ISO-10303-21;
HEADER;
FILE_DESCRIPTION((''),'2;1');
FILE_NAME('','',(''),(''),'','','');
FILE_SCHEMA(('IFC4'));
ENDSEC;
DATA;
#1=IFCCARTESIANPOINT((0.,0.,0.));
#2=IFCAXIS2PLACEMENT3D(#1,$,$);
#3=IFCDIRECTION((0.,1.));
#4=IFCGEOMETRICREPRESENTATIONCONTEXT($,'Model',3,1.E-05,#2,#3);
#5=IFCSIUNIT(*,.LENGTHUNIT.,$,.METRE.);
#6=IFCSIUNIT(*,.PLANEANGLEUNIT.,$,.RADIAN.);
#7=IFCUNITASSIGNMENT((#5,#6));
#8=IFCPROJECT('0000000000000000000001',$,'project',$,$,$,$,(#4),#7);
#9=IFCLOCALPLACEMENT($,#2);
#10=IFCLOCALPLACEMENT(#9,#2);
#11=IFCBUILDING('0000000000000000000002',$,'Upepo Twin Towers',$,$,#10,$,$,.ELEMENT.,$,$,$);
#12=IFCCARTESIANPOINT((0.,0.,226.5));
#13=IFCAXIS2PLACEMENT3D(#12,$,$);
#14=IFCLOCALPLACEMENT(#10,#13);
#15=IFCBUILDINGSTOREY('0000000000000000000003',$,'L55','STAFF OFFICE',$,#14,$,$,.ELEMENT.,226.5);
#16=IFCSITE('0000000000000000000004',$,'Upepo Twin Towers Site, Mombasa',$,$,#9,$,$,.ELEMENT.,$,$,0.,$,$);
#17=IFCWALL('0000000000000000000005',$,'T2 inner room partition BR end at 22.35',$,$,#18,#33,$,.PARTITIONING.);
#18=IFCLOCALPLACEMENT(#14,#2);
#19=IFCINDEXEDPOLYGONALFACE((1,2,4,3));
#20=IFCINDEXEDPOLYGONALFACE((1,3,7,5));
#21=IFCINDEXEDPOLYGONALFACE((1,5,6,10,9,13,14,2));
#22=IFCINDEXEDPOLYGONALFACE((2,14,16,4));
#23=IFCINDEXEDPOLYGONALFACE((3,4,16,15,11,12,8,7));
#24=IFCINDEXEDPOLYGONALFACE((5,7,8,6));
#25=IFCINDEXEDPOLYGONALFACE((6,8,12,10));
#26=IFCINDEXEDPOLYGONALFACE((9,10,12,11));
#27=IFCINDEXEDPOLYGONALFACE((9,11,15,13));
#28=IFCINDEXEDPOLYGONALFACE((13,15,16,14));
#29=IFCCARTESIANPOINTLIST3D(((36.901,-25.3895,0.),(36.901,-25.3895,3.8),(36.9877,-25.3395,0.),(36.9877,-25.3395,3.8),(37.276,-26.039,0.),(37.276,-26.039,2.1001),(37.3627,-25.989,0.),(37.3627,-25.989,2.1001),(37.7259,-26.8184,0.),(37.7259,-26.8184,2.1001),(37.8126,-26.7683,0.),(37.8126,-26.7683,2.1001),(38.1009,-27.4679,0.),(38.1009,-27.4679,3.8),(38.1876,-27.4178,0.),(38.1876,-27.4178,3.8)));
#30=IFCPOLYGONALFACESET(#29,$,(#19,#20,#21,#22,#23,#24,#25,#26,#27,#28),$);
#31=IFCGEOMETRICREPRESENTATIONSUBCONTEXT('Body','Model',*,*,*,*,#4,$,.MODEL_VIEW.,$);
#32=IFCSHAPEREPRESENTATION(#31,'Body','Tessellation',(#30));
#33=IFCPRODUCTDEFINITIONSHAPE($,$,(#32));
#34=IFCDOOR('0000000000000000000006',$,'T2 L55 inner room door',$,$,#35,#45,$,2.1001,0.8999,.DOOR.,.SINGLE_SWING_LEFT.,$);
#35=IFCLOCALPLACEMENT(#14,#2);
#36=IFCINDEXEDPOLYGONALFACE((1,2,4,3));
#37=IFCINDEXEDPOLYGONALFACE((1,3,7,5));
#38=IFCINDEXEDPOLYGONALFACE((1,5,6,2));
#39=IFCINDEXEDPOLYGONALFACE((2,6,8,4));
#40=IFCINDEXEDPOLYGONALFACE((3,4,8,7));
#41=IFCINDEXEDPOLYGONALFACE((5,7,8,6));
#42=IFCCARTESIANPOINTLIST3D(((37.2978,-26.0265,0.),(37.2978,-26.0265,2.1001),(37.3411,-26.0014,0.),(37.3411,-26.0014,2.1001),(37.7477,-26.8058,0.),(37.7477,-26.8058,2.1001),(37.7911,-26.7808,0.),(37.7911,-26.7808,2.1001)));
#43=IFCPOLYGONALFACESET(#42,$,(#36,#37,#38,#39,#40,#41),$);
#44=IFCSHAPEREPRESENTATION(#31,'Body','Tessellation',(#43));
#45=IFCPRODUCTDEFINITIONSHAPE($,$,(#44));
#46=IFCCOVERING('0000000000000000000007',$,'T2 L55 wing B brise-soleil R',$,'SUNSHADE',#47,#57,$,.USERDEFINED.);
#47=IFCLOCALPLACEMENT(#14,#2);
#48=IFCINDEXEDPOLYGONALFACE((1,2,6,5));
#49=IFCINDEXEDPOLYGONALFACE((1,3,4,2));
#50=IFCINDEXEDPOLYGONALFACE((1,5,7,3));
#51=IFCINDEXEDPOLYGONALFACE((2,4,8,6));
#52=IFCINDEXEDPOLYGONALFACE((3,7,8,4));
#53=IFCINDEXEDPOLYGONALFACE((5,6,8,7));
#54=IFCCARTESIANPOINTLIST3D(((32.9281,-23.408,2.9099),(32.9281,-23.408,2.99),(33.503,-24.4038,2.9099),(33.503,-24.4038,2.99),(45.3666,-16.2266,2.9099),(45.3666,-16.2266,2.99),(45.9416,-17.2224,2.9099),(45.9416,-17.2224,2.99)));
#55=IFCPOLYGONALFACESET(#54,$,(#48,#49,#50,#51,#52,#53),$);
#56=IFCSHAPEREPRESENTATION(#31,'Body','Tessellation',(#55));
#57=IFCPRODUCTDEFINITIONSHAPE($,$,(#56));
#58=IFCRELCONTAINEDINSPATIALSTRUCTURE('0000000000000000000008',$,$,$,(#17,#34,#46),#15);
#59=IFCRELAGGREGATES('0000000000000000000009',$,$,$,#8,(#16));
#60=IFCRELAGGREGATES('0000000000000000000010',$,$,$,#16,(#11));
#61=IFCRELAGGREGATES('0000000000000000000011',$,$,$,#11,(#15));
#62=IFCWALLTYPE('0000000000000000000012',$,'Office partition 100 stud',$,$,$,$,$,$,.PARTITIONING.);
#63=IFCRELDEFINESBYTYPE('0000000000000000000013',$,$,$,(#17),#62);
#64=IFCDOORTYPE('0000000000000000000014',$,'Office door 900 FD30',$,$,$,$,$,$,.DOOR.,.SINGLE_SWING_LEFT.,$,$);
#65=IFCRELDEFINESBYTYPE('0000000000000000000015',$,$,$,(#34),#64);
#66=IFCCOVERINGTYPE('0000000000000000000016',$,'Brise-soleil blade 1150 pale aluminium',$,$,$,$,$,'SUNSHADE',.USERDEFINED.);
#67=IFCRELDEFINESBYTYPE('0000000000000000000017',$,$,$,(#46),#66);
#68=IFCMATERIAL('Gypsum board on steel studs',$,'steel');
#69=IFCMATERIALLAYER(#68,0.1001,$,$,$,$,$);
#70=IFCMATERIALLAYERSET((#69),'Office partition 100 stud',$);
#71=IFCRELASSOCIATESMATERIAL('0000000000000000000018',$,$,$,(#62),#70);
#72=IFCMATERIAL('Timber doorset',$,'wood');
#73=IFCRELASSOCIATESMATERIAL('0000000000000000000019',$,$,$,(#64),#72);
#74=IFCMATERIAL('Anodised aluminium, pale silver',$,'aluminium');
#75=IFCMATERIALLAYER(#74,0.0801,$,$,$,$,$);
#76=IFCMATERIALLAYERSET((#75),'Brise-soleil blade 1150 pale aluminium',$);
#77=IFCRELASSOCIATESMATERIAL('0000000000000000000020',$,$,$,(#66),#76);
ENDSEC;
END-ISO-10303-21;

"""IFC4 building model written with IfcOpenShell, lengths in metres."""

from ifc_helpers import new_model, si_unit, direction, frame, frame_2d, origin, origin_2d, place, context, subcontext, project, spatial, rectangle, extrude, material, layer, layer_set, type_object, element, fill, save


model = new_model("IFC4")

# Units and contexts
model_context = context("Model", 3, precision=1e-05, world=origin(), true_north=direction((0.0, 1.0)))
body_context = subcontext(model_context, "Body", "Model", "MODEL_VIEW")
ifc_project = project(units=[si_unit("LENGTHUNIT", "METRE"), si_unit("PLANEANGLEUNIT", "RADIAN")], contexts=[model_context])

# Site, building, storey
site_placement = place(None, origin())
site = spatial("IfcSite", under=ifc_project, at=site_placement, Name="Upepo Twin Towers Site, Mombasa", CompositionType="ELEMENT", RefElevation=0.0)
building_placement = place(site_placement, origin())
building = spatial("IfcBuilding", under=site, at=building_placement, Name="Upepo Twin Towers", CompositionType="ELEMENT")
storey_placement = place(building_placement, frame((0.0, 0.0, 226.5)))
storey = spatial("IfcBuildingStorey", under=building, at=storey_placement, Name="L55", Description="STAFF OFFICE", CompositionType="ELEMENT", Elevation=226.5)

# Shared definitions
ifc_material_1 = material(Name="Gypsum board on steel studs", Category="steel")
ifc_layer_1 = layer(ifc_material_1, 0.1001)
ifc_layer_set_1 = layer_set([ifc_layer_1], Name="Office partition 100 stud")
wall_type_1 = type_object("IfcWallType", Name="Office partition 100 stud", PredefinedType="PARTITIONING", material=ifc_layer_set_1)

# Shared definitions
ifc_material_2 = material(Name="Timber doorset", Category="wood")
door_type = type_object("IfcDoorType", Name="Office door 900 FD30", OperationType="SINGLE_SWING_LEFT", PredefinedType="DOOR", material=ifc_material_2)

# Wall, opening, door
wall_1_placement = place(storey_placement, frame((38.1443, -27.4429, 0.0), z_axis=(0.0, 0.0, 1.0), x_axis=(-0.500001, 0.866025, 0.0)))
wall_1 = element("IfcWall", 1, at=wall_1_placement, inside=storey, type_object=wall_type_1, Name="T2 inner room partition BR end at 22.35", PredefinedType="PARTITIONING", context=body_context, shape_type="SweptSolid", body=[
    extrude(rectangle(XDim=2.3999, YDim=0.1001, at=frame_2d((1.2, 0.0))), origin(), (0.0, 0.0, 1.0), 3.8),
])
opening_1_placement = place(wall_1_placement, frame((0.75, 0.0, 0.0)))
opening_1 = element("IfcOpeningElement", 2, at=opening_1_placement, cuts=wall_1, PredefinedType="OPENING", context=body_context, shape_type="SweptSolid", body=[
    extrude(rectangle(XDim=0.8999, YDim=2.1001, at=frame_2d((0.45, 1.05))), frame((0.0, 0.0601, 0.0), z_axis=(0.0, -1.0, 0.0), x_axis=(1.0, 0.0, 0.0)), (0.0, 0.0, 1.0), 0.1201),
])
door_1_placement = place(opening_1_placement, origin())
door_1 = element("IfcDoor", 3, at=door_1_placement, inside=storey, type_object=door_type, Name="T2 L55 inner room door", OperationType="SINGLE_SWING_LEFT", OverallHeight=2.1001, OverallWidth=0.8999, PredefinedType="DOOR", context=body_context, shape_type="SweptSolid", body=[
    extrude(rectangle(XDim=0.8999, YDim=2.1001, at=frame_2d((0.45, 1.05))), frame((0.0, 0.0249, 0.0), z_axis=(0.0, -1.0, 0.0), x_axis=(1.0, 0.0, 0.0)), (0.0, 0.0, 1.0), 0.05),
])
fill(opening_1, door_1)

# Covering
ifc_material_3 = material(Name="Anodised aluminium, pale silver", Category="aluminium")
ifc_layer_2 = layer(ifc_material_3, 0.0801)
ifc_layer_set_2 = layer_set([ifc_layer_2], Name="Brise-soleil blade 1150 pale aluminium")
covering_type = type_object("IfcCoveringType", Name="Brise-soleil blade 1150 pale aluminium", ElementType="SUNSHADE", PredefinedType="USERDEFINED", material=ifc_layer_set_2)
covering_placement = place(storey_placement, frame((39.4348, -20.3152, 2.9099), z_axis=(0.0, 0.0, 1.0), x_axis=(-0.866025, -0.5, 0.0)))
element("IfcCovering", 4, at=covering_placement, inside=storey, type_object=covering_type, Name="T2 L55 wing B brise-soleil R", ObjectType="SUNSHADE", PredefinedType="USERDEFINED", context=body_context, shape_type="SweptSolid", body=[
    extrude(rectangle(XDim=14.3628, YDim=1.1499, at=origin_2d()), origin(), (0.0, 0.0, 1.0), 0.0801),
])

save(model, "model.ifc")
